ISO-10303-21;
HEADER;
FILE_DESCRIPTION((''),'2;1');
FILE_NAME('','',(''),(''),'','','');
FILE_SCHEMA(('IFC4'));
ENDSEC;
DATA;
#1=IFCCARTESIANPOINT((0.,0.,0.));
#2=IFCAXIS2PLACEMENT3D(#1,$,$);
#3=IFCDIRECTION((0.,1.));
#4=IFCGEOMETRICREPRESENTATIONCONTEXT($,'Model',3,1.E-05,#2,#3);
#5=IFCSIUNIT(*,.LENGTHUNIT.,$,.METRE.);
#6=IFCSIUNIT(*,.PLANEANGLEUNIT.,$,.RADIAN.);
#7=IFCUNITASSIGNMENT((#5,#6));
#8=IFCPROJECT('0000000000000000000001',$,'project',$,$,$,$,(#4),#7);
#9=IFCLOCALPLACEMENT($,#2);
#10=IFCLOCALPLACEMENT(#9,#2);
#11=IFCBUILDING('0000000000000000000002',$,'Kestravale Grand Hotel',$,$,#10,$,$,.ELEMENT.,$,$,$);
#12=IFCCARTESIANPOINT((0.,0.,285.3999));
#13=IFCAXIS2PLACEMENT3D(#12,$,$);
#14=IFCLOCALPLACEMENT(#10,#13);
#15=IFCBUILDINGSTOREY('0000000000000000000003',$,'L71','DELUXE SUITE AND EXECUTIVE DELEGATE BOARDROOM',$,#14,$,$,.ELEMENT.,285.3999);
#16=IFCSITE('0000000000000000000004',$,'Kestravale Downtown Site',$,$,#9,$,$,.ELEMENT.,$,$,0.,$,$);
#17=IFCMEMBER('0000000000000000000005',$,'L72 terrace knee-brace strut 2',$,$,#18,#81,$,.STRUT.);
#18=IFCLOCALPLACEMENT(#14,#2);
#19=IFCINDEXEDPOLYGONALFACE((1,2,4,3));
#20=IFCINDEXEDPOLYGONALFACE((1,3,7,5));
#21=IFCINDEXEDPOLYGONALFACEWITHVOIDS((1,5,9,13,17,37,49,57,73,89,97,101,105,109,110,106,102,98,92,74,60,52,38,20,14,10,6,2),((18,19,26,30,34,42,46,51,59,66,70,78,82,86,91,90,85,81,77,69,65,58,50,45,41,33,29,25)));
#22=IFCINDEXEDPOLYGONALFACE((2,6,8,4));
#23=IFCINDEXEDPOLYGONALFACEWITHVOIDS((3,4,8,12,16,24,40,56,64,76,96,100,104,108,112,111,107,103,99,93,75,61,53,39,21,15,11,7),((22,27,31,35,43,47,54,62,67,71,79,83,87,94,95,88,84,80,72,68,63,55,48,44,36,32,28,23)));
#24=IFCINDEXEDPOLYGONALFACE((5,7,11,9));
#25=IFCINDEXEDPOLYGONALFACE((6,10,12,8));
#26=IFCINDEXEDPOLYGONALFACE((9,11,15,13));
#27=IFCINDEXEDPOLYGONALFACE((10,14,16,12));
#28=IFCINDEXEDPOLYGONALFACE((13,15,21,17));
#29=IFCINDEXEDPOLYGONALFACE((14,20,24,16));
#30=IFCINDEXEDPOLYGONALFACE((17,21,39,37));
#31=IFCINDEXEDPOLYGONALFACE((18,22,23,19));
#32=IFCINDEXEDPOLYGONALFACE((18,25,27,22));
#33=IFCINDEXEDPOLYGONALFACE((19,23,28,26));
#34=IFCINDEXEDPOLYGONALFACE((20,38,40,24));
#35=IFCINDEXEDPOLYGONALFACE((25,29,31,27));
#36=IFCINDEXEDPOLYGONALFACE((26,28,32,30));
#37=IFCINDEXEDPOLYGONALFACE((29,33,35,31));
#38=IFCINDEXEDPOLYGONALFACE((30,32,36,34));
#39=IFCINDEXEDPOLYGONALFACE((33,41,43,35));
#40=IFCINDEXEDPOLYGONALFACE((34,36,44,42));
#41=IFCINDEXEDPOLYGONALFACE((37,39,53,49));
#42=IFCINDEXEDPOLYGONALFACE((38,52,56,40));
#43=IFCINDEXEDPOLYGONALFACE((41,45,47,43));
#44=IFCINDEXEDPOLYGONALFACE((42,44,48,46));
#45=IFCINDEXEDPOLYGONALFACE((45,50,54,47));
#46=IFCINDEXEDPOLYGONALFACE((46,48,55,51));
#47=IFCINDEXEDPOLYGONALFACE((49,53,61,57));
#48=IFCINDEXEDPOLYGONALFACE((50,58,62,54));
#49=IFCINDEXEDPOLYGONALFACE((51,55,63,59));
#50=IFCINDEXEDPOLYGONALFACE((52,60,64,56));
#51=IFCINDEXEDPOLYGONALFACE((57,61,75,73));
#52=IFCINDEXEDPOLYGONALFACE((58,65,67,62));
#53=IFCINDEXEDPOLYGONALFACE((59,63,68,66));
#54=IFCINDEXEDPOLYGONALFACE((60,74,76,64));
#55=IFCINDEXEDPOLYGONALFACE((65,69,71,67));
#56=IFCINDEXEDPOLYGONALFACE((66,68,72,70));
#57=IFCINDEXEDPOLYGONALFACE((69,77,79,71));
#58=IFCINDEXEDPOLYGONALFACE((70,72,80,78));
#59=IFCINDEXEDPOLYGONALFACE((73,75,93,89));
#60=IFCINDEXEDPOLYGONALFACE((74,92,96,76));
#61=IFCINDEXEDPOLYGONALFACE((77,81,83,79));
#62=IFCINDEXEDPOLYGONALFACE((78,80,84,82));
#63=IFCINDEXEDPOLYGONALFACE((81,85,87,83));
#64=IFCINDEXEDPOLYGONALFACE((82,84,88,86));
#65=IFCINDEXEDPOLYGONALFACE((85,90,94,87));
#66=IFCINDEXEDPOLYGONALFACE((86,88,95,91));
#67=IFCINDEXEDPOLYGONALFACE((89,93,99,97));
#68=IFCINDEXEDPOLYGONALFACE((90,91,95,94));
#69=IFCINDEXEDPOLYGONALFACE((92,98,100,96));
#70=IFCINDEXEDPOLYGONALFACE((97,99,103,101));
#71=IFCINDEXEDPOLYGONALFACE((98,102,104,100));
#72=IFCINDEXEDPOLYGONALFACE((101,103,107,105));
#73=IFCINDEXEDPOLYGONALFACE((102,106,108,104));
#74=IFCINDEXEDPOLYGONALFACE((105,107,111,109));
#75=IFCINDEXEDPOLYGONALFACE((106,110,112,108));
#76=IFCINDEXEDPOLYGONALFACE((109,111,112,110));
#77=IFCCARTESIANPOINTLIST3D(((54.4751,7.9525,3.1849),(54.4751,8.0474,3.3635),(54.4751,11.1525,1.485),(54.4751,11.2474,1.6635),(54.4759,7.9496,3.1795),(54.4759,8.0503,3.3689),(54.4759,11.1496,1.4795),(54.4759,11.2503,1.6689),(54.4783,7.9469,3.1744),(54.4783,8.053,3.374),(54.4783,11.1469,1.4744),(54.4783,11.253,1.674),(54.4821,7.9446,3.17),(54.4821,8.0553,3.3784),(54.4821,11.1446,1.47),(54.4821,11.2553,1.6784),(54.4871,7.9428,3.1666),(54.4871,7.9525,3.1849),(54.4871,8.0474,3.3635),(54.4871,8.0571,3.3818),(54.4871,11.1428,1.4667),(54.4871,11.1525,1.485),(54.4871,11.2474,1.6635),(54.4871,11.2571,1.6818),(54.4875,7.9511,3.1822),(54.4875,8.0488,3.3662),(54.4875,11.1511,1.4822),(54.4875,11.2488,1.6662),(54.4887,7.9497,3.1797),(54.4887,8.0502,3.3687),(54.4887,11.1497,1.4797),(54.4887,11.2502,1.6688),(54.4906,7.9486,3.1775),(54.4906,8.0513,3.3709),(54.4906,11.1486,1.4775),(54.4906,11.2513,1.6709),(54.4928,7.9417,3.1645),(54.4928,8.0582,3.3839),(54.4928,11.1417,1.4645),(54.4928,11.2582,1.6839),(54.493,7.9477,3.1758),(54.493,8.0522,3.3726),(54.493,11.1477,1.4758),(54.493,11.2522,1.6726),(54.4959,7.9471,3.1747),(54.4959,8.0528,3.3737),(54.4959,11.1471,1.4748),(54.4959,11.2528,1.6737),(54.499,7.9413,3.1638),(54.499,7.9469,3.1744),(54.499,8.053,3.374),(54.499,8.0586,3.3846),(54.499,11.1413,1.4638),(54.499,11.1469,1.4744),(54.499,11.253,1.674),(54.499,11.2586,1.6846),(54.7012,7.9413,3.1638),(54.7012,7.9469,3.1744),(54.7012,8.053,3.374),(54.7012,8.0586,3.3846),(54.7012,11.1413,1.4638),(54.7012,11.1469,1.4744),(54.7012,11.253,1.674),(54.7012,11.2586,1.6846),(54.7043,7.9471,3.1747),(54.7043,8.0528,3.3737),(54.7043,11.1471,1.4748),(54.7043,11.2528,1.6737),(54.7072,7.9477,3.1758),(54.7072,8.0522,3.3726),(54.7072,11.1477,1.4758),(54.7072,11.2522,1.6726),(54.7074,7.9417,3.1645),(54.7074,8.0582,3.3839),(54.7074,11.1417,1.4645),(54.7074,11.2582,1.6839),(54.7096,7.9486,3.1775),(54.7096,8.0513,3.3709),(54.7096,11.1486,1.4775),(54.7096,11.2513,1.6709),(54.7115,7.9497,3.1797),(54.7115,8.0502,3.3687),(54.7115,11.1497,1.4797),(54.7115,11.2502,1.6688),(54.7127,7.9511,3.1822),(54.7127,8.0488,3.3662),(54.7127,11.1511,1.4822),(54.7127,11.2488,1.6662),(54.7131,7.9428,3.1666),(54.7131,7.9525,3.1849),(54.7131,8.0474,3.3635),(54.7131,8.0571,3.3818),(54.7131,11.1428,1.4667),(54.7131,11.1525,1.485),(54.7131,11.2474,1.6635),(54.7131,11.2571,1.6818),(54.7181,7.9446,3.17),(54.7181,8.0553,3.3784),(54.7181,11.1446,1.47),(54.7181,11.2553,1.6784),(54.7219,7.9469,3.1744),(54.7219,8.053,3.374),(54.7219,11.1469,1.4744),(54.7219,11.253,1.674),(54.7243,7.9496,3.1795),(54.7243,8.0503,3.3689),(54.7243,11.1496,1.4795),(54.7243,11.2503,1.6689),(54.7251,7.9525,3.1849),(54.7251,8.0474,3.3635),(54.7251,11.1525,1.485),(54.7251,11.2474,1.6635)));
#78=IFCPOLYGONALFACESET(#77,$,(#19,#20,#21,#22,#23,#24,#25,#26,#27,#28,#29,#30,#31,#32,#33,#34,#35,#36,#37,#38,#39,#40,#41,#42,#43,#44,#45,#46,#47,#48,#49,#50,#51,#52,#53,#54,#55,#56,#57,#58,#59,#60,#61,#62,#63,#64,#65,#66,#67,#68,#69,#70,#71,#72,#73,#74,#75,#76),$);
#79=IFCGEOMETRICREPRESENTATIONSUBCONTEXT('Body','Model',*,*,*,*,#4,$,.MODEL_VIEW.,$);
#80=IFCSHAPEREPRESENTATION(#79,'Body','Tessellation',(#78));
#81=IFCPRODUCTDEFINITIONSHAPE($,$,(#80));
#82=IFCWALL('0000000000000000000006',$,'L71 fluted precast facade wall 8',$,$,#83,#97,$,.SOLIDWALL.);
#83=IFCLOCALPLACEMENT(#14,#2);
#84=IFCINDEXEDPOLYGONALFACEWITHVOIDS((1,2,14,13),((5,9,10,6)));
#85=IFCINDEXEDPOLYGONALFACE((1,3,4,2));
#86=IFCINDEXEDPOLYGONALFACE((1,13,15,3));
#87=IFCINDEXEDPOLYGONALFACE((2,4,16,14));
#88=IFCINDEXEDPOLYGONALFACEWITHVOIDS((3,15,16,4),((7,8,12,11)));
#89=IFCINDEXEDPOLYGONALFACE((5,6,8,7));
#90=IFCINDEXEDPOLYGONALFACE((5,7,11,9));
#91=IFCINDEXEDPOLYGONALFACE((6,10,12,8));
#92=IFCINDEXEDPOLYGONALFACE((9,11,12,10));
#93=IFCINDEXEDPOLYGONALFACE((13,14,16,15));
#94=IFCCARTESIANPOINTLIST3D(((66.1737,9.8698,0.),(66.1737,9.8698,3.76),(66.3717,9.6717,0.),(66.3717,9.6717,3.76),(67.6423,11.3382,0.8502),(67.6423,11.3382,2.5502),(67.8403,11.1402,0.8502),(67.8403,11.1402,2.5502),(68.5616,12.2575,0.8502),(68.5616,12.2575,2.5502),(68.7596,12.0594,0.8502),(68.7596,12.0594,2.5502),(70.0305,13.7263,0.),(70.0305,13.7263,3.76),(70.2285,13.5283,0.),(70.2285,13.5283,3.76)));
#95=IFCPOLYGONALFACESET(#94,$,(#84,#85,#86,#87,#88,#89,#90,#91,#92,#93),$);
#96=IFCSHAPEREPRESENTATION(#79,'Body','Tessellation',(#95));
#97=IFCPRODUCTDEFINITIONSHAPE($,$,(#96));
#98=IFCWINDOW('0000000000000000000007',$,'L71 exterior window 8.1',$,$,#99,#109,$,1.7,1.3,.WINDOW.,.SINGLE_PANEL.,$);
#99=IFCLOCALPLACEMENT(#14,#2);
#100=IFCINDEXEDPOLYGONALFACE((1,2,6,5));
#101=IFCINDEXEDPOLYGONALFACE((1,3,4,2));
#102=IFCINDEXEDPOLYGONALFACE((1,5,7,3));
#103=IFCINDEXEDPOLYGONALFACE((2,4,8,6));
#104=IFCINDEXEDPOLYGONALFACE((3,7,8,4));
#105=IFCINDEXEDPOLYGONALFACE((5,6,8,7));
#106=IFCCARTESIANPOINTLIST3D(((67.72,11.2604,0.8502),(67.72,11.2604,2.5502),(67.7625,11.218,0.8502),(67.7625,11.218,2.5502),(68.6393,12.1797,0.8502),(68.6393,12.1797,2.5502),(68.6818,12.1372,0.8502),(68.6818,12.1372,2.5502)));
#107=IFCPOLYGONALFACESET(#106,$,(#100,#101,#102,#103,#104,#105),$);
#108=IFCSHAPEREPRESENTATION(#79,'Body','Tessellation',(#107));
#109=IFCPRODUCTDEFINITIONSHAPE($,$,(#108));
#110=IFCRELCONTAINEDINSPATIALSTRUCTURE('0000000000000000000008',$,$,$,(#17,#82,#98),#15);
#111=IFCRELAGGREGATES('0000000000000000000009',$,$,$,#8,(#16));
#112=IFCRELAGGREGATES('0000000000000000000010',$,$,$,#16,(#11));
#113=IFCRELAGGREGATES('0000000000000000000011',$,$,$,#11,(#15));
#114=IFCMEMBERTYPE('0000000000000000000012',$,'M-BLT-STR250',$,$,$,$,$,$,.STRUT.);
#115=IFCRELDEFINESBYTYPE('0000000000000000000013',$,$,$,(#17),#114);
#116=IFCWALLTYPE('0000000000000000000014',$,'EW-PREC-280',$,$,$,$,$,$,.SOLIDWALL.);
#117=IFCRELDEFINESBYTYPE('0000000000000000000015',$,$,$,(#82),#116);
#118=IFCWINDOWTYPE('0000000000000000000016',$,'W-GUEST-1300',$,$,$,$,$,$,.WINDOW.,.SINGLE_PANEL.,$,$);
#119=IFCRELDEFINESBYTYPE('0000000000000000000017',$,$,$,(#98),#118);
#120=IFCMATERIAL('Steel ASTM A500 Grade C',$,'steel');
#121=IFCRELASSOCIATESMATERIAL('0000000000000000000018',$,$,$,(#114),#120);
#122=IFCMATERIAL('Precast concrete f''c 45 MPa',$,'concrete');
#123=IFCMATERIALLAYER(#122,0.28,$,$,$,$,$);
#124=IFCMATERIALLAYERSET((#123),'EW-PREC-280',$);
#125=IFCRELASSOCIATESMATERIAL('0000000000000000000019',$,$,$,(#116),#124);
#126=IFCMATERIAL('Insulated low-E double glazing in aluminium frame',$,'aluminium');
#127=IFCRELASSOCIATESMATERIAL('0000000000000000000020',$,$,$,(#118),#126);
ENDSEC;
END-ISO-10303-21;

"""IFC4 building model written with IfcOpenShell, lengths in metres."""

from ifc_helpers import new_model, si_unit, direction, frame, frame_2d, origin, origin_2d, place, context, subcontext, project, spatial, rectangle, hollow_rectangle, extrude, material, layer, layer_set, material_profile, profile_set, type_object, element, fill, save


model = new_model("IFC4")

# Units and contexts
model_context = context("Model", 3, precision=1e-05, world=origin(), true_north=direction((0.0, 1.0)))
body_context = subcontext(model_context, "Body", "Model", "MODEL_VIEW")
ifc_project = project(units=[si_unit("LENGTHUNIT", "METRE"), si_unit("PLANEANGLEUNIT", "RADIAN")], contexts=[model_context])

# Site, building, storey
site_placement = place(None, origin())
site = spatial("IfcSite", under=ifc_project, at=site_placement, Name="Kestravale Downtown Site", CompositionType="ELEMENT", RefElevation=0.0)
building_placement = place(site_placement, origin())
building = spatial("IfcBuilding", under=site, at=building_placement, Name="Kestravale Grand Hotel", CompositionType="ELEMENT")
storey_placement = place(building_placement, frame((0.0, 0.0, 285.3999)))
storey = spatial("IfcBuildingStorey", under=building, at=storey_placement, Name="L71", Description="DELUXE SUITE AND EXECUTIVE DELEGATE BOARDROOM", CompositionType="ELEMENT", Elevation=285.3999)

# Member
ifc_material_1 = material(Name="Steel ASTM A500 Grade C", Category="steel")
ifc_material_profile_1 = material_profile(ifc_material_1, hollow_rectangle(XDim=0.25, YDim=0.25, WallThickness=0.012, InnerFilletRadius=0.012, OuterFilletRadius=0.0239, at=origin_2d()))
ifc_profile_set_1 = profile_set([ifc_material_profile_1], Name="Steel ASTM A500 Grade C")
member_type = type_object("IfcMemberType", Name="M-BLT-STR250", PredefinedType="STRUT", material=ifc_profile_set_1)
member_placement = place(storey_placement, frame((54.6001, 11.2, 1.5742), z_axis=(0.0, -0.883118, 0.46915), x_axis=(1.0, 0.0, 0.0)))
element("IfcMember", 1, at=member_placement, inside=storey, type_object=member_type, Name="L72 terrace knee-brace strut 2", PredefinedType="STRUT", context=body_context, shape_type="SweptSolid", body=[
    extrude(hollow_rectangle(XDim=0.25, YDim=0.25, WallThickness=0.012, InnerFilletRadius=0.012, OuterFilletRadius=0.0239, at=origin_2d()), origin(), (0.0, 0.0, 1.0), 3.6235),
])

# Wall, opening, window
ifc_material_2 = material(Name="Precast concrete f'c 45 MPa", Category="concrete")
ifc_layer_1 = layer(ifc_material_2, 0.28)
ifc_layer_set_1 = layer_set([ifc_layer_1], Name="EW-PREC-280")
wall_type_1 = type_object("IfcWallType", Name="EW-PREC-280", PredefinedType="SOLIDWALL", material=ifc_layer_set_1)
wall_1_placement = place(storey_placement, frame((66.2727, 9.7708, 0.0), z_axis=(0.0, 0.0, 1.0), x_axis=(0.707129, 0.707084, 0.0)))
wall_1 = element("IfcWall", 2, at=wall_1_placement, inside=storey, type_object=wall_type_1, Name="L71 fluted precast facade wall 8", PredefinedType="SOLIDWALL", context=body_context, shape_type="SweptSolid", body=[
    extrude(rectangle(XDim=5.4541, YDim=0.28, at=frame_2d((2.7271, 0.0))), origin(), (0.0, 0.0, 1.0), 3.76),
])
opening_1_placement = place(wall_1_placement, frame((2.0769, 0.0, 0.8501)))
opening_1 = element("IfcOpeningElement", 3, at=opening_1_placement, cuts=wall_1, PredefinedType="OPENING", context=body_context, shape_type="SweptSolid", body=[
    extrude(rectangle(XDim=1.3, YDim=1.7, at=frame_2d((0.6499, 0.8501))), frame((0.0, 0.1499, 0.0), z_axis=(0.0, -1.0, 0.0), x_axis=(1.0, 0.0, 0.0)), (0.0, 0.0, 1.0), 0.3),
])
ifc_material_3 = material(Name="Insulated low-E double glazing in aluminium frame", Category="aluminium")
window_type = type_object("IfcWindowType", Name="W-GUEST-1300", PartitioningType="SINGLE_PANEL", PredefinedType="WINDOW", material=ifc_material_3)
window_1_placement = place(opening_1_placement, origin())
window_1 = element("IfcWindow", 4, at=window_1_placement, inside=storey, type_object=window_type, Name="L71 exterior window 8.1", OverallHeight=1.7, OverallWidth=1.3, PartitioningType="SINGLE_PANEL", PredefinedType="WINDOW", context=body_context, shape_type="SweptSolid", body=[
    extrude(rectangle(XDim=1.3, YDim=1.7, at=frame_2d((0.6499, 0.8501))), frame((0.0, 0.03, 0.0), z_axis=(0.0, -1.0, 0.0), x_axis=(1.0, 0.0, 0.0)), (0.0, 0.0, 1.0), 0.0601),
])
fill(opening_1, window_1)

save(model, "model.ifc")
